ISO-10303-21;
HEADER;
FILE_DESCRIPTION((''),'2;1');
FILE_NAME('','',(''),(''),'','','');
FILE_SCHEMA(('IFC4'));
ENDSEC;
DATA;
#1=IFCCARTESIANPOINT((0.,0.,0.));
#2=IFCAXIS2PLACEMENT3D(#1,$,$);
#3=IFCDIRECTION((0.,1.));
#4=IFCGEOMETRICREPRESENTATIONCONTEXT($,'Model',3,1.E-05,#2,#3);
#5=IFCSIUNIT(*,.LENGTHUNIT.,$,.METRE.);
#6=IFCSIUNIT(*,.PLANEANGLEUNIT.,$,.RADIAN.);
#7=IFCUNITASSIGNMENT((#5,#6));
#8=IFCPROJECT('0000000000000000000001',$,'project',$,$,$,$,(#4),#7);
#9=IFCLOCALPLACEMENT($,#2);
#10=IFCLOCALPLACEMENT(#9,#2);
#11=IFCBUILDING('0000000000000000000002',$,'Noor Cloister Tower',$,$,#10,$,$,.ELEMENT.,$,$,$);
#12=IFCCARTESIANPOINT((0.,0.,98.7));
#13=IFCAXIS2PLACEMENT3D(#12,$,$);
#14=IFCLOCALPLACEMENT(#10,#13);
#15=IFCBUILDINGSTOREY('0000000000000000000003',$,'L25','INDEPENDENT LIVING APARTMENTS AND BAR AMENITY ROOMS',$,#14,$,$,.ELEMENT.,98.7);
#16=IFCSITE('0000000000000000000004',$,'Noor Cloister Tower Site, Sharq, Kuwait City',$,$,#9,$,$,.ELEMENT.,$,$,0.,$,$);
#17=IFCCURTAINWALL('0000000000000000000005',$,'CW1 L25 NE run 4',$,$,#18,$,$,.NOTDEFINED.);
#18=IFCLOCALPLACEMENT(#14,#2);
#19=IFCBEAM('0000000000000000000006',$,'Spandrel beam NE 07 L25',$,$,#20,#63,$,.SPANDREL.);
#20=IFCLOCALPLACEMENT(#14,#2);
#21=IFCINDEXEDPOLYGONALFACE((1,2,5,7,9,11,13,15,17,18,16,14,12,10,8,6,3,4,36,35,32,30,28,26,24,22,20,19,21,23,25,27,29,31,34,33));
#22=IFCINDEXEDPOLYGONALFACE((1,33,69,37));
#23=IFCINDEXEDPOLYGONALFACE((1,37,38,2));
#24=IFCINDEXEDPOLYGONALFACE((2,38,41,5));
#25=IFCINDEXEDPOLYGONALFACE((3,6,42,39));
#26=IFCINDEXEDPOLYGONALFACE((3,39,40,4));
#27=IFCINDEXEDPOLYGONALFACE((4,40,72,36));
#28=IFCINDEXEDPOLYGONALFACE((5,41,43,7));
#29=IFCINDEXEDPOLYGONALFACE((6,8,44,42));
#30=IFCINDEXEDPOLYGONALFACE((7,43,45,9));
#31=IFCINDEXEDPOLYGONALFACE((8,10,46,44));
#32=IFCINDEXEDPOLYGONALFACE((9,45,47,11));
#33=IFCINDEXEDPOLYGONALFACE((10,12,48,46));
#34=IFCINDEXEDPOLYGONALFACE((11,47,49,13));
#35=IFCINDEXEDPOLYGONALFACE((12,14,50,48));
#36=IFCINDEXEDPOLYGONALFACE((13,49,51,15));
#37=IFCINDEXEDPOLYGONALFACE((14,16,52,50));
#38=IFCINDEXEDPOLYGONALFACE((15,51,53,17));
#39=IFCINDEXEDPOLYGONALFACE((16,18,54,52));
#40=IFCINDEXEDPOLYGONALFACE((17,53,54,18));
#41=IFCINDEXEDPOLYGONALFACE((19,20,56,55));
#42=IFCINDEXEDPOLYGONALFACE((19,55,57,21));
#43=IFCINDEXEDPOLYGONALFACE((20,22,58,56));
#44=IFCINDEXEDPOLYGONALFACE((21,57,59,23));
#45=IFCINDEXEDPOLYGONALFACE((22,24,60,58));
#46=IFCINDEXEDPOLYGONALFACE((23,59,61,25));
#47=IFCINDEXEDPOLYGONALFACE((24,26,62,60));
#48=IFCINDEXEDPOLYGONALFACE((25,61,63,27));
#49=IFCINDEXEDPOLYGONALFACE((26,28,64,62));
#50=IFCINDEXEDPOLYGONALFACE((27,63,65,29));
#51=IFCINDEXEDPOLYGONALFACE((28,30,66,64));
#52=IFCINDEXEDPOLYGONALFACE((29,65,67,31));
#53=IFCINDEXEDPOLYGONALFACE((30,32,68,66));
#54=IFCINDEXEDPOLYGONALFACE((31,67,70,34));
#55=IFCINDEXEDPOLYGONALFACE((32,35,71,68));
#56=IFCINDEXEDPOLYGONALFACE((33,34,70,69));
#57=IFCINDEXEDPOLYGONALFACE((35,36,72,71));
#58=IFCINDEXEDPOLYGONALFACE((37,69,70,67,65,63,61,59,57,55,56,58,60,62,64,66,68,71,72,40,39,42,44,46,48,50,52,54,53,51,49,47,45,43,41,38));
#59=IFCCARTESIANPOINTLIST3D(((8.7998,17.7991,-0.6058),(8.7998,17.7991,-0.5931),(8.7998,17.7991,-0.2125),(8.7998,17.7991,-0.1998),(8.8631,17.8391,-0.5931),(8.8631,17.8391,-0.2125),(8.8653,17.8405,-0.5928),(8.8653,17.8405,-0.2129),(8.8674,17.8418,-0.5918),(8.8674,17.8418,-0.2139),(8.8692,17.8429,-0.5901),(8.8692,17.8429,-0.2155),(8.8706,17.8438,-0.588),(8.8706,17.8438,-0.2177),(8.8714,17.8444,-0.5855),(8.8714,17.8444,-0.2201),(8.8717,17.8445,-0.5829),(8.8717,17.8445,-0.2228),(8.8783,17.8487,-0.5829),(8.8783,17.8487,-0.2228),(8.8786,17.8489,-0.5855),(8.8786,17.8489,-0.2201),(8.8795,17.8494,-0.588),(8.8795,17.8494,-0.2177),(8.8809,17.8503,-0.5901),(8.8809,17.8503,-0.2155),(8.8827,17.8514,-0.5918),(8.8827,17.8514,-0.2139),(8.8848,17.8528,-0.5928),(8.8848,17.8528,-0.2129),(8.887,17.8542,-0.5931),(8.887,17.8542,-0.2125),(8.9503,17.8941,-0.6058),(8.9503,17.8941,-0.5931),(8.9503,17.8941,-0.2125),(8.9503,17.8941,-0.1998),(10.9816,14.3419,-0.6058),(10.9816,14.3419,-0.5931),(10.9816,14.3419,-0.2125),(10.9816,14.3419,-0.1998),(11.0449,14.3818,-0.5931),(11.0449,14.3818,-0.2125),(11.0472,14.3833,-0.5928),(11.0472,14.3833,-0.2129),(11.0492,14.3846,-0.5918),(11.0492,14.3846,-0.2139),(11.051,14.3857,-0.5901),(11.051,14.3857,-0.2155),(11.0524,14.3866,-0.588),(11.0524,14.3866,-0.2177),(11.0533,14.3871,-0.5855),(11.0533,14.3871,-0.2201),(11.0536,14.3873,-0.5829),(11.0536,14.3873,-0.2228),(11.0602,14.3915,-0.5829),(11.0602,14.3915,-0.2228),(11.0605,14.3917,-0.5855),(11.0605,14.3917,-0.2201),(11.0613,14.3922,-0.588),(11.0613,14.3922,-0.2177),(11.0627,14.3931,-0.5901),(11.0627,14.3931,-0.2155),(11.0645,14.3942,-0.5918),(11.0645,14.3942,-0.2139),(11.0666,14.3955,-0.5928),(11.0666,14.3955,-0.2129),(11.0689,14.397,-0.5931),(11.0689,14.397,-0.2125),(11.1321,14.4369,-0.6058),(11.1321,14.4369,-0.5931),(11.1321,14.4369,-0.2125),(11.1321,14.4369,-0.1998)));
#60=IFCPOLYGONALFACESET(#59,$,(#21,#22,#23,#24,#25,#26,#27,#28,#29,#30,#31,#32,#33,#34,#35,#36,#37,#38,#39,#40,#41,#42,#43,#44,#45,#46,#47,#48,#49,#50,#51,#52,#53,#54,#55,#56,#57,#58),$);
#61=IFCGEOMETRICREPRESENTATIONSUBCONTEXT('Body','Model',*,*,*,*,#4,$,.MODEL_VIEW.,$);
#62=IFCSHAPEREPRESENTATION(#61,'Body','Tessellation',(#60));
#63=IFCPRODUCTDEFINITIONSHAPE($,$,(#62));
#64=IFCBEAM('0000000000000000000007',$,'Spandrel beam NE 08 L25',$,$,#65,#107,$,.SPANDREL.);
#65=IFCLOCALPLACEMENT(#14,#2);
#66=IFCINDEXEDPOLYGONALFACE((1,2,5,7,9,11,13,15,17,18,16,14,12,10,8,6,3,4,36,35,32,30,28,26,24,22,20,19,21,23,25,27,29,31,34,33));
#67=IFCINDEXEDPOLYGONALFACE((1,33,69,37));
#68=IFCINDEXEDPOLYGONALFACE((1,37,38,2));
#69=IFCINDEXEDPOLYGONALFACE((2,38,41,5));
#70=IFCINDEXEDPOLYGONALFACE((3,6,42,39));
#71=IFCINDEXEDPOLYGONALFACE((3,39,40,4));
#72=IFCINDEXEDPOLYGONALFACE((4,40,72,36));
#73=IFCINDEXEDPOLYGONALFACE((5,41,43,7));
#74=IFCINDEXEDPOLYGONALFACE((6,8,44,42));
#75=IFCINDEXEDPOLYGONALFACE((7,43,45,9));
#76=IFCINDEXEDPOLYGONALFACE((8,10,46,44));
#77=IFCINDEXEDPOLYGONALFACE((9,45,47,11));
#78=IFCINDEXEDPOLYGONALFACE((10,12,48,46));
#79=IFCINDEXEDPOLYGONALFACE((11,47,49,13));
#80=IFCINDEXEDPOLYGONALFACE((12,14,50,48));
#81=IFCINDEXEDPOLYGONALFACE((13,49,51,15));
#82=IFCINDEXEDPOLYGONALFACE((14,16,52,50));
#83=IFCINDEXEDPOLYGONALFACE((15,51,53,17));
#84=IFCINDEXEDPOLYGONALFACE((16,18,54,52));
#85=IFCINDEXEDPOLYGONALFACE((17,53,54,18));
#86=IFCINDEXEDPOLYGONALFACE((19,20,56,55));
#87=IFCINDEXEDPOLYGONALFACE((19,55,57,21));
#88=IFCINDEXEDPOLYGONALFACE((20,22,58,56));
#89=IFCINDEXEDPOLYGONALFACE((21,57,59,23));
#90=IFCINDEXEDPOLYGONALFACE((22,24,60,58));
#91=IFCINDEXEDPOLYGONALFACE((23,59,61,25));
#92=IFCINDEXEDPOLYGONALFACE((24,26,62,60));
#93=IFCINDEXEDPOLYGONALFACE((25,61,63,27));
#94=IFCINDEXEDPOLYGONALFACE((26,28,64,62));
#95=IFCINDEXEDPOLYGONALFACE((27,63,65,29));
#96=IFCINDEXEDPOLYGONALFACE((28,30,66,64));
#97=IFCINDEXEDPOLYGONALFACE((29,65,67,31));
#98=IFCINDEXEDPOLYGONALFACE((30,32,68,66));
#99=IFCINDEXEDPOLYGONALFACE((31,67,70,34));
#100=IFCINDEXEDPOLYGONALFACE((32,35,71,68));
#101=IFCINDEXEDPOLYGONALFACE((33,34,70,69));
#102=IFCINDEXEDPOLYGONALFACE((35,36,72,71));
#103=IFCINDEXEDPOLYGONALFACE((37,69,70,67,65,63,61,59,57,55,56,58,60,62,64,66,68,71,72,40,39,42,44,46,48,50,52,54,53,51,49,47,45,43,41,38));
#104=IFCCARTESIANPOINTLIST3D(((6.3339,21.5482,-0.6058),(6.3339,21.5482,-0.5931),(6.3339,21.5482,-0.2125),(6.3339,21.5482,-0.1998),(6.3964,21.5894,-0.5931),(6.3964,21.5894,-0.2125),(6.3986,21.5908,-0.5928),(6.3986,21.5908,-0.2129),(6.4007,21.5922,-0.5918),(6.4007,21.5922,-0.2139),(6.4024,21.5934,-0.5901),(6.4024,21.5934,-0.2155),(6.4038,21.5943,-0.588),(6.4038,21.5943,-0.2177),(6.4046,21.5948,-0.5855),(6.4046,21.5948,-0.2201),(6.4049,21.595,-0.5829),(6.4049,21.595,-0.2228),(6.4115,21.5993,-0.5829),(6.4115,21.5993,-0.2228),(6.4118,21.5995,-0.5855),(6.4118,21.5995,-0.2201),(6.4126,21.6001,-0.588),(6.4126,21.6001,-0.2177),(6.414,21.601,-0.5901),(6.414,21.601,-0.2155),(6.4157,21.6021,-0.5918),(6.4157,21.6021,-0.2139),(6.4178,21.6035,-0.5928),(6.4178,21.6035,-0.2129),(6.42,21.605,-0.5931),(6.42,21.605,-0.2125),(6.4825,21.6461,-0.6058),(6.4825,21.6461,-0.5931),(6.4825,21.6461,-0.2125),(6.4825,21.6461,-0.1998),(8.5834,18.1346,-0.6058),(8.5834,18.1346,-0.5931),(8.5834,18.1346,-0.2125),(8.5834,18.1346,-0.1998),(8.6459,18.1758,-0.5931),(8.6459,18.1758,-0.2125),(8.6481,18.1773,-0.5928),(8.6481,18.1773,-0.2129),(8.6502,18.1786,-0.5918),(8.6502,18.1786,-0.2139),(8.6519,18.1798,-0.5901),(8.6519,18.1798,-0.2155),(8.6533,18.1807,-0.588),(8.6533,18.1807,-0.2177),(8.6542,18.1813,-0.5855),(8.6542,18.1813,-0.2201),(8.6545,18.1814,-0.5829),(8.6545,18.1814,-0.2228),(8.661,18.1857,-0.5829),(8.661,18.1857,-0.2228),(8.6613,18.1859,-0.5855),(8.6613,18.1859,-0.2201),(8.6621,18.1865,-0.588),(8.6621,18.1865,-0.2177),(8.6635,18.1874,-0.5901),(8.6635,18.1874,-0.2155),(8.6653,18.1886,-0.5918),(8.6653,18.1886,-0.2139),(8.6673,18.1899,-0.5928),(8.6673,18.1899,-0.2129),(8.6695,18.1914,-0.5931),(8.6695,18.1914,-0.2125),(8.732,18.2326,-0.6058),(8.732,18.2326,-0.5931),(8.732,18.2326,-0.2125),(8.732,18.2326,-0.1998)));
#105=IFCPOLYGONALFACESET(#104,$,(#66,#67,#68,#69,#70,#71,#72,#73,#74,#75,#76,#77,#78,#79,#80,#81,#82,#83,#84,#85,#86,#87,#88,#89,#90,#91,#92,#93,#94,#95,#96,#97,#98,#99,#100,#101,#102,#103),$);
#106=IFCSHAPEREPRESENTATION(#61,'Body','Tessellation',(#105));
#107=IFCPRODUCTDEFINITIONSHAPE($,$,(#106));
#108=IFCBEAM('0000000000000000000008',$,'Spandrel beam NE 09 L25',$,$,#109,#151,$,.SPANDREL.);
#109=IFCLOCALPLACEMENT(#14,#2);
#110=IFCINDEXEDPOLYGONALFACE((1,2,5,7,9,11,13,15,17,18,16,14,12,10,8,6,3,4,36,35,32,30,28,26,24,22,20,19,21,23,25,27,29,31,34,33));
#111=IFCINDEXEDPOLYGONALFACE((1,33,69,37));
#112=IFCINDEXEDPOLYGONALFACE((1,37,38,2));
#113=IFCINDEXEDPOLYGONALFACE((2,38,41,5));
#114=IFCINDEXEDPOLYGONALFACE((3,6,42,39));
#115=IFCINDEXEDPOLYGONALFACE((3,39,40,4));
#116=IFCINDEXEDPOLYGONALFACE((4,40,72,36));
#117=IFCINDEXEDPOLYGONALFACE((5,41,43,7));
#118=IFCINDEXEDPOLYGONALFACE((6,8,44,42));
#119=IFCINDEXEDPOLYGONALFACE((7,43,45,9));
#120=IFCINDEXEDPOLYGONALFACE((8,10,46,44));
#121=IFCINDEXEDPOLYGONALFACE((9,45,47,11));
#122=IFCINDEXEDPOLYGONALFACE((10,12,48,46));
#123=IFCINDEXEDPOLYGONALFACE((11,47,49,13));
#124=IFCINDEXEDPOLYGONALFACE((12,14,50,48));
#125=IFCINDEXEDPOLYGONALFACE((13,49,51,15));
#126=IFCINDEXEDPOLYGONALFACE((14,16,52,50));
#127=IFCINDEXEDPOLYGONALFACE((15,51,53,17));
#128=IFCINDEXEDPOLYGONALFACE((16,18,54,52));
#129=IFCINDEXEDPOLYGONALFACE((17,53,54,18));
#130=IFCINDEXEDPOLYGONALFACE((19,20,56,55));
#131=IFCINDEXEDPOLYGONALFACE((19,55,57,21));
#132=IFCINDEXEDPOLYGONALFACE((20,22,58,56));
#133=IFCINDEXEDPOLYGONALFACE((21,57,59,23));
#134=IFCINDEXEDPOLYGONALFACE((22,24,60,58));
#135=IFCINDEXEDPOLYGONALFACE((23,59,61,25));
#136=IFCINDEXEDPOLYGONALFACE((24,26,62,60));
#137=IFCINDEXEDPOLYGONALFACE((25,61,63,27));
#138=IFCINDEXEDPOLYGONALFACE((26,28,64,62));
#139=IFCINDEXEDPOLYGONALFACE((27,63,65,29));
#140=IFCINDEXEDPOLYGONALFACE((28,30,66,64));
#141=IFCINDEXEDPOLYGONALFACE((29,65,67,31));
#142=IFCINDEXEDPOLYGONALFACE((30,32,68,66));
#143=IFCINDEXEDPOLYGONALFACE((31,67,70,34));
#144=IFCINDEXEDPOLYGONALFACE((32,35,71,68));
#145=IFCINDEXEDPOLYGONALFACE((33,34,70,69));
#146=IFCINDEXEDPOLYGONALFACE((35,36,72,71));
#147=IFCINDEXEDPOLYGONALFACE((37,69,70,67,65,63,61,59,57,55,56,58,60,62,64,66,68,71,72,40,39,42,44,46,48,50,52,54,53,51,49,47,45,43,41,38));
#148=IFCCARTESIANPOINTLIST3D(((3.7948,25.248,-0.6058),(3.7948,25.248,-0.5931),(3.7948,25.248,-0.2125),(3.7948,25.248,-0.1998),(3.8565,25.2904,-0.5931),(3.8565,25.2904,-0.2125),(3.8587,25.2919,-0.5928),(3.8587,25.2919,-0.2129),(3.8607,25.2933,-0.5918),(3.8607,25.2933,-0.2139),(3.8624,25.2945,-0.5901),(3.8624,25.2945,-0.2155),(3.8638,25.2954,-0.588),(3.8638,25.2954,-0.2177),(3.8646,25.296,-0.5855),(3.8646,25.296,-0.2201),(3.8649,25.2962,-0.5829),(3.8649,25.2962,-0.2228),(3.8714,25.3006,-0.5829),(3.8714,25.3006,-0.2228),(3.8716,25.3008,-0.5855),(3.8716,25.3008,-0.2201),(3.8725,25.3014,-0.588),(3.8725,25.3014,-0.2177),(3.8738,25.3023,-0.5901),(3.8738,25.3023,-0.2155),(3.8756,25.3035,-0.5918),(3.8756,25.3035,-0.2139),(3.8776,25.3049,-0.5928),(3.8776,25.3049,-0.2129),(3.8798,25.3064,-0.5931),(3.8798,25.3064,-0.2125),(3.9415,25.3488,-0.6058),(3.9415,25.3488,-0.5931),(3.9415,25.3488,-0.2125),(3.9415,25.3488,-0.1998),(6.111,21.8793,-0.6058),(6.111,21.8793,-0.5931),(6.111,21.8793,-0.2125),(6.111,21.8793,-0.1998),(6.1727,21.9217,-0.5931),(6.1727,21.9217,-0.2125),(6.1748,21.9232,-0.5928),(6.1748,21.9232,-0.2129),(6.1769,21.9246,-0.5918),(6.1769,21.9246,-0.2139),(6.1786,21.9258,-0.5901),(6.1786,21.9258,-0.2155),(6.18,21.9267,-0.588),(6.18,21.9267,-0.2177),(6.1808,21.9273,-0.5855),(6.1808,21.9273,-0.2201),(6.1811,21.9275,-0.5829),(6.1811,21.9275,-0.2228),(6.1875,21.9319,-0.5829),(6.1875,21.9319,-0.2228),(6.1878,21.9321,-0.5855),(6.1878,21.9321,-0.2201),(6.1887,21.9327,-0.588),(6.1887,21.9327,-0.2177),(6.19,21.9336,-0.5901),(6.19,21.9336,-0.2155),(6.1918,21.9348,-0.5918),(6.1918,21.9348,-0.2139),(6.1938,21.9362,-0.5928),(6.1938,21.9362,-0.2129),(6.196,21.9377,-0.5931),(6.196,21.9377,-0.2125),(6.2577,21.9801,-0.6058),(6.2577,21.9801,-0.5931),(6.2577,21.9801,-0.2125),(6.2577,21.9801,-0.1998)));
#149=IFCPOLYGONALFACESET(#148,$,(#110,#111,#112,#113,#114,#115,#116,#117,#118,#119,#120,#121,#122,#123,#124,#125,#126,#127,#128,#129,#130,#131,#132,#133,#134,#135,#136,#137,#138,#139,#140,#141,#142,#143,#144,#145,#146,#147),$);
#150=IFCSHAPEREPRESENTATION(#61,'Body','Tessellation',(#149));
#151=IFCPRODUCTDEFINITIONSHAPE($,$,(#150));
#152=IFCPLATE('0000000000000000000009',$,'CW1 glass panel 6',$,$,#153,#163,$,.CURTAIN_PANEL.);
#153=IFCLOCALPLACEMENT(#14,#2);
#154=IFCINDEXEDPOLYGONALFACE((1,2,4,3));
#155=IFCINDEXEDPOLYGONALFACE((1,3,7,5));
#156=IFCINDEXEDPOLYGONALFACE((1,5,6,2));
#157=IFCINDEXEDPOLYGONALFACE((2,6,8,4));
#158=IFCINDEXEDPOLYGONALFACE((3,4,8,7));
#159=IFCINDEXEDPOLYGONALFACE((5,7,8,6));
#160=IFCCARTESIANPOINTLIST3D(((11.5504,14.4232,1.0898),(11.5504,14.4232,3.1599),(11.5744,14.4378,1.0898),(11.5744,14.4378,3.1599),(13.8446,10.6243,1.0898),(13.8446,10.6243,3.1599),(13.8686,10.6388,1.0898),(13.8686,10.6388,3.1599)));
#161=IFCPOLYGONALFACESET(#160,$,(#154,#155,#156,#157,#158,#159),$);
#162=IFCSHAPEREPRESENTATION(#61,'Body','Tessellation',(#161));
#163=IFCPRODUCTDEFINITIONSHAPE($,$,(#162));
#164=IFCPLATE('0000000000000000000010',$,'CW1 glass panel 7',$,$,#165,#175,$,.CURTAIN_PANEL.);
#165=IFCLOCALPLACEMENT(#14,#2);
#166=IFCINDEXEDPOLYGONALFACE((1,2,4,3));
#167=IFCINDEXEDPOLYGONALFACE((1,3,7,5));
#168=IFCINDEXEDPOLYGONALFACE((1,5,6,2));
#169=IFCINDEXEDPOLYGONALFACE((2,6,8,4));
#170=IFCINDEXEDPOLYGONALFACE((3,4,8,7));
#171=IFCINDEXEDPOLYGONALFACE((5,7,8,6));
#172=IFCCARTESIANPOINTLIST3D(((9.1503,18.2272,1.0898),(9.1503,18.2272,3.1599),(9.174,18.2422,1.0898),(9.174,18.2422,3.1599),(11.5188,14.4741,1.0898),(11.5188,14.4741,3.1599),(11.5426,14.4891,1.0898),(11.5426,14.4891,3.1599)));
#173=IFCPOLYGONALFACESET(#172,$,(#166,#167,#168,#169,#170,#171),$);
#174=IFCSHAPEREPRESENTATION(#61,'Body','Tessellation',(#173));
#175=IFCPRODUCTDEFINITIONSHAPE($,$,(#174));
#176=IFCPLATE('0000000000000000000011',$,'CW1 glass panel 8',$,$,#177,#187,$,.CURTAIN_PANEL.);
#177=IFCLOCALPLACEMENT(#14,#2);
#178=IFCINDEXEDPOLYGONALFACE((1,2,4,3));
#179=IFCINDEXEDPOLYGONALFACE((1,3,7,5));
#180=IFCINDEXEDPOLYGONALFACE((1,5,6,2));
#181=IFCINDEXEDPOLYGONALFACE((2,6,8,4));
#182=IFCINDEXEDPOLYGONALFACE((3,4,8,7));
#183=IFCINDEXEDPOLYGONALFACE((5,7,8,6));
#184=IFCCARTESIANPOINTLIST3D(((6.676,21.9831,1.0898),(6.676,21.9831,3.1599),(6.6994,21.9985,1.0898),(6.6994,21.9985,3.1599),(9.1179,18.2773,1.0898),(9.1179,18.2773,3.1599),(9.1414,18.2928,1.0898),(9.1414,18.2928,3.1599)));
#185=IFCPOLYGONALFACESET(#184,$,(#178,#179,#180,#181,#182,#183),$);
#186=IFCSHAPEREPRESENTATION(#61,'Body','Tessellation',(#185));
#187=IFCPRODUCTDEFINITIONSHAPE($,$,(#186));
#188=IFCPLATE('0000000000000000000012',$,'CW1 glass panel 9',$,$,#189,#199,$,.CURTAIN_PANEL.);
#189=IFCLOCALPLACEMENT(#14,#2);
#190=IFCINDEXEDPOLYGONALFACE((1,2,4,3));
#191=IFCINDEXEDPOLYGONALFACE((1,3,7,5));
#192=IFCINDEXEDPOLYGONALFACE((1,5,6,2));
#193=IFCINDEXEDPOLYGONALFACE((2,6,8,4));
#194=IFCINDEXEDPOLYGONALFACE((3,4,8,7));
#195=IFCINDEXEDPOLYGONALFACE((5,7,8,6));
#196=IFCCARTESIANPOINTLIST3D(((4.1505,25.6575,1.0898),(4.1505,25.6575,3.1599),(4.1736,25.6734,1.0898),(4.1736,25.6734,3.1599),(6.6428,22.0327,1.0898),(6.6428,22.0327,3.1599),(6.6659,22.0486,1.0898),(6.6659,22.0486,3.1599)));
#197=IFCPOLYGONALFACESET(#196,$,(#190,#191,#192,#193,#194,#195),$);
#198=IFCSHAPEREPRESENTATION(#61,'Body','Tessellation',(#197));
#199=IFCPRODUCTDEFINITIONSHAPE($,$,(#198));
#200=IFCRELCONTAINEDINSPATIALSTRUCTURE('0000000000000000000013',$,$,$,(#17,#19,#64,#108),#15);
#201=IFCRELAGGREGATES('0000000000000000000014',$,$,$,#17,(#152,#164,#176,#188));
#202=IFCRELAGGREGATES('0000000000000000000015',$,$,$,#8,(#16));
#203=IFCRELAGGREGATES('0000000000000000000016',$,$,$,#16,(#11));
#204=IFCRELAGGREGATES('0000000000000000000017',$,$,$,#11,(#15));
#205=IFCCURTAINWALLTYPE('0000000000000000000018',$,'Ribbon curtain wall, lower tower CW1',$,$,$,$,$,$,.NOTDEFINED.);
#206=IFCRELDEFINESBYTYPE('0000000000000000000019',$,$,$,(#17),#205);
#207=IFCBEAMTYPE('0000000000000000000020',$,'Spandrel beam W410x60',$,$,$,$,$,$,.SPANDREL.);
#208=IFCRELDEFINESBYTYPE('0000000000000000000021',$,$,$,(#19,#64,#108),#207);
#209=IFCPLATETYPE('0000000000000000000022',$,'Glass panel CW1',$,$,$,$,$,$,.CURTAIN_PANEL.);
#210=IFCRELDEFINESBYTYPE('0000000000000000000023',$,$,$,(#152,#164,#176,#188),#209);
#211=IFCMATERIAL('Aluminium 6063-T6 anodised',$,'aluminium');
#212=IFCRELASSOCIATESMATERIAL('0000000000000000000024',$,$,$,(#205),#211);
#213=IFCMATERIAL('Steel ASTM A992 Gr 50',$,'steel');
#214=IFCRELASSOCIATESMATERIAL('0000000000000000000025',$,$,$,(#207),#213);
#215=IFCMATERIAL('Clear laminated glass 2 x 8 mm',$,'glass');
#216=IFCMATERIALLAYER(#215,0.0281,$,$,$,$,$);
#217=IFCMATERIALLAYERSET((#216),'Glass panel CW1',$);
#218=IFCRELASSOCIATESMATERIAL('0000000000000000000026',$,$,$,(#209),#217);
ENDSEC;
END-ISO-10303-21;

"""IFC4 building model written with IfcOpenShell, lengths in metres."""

from ifc_helpers import new_model, si_unit, direction, frame, origin, origin_2d, place, context, subcontext, project, spatial, rectangle, i_section, extrude, material, layer, layer_set, material_profile, profile_set, type_object, element, aggregate, save


model = new_model("IFC4")

# Units and contexts
model_context = context("Model", 3, precision=1e-05, world=origin(), true_north=direction((0.0, 1.0)))
body_context = subcontext(model_context, "Body", "Model", "MODEL_VIEW")
ifc_project = project(units=[si_unit("LENGTHUNIT", "METRE"), si_unit("PLANEANGLEUNIT", "RADIAN")], contexts=[model_context])

# Site, building, storey
site_placement = place(None, origin())
site = spatial("IfcSite", under=ifc_project, at=site_placement, Name="Noor Cloister Tower Site, Sharq, Kuwait City", CompositionType="ELEMENT", RefElevation=0.0)
building_placement = place(site_placement, origin())
building = spatial("IfcBuilding", under=site, at=building_placement, Name="Noor Cloister Tower", CompositionType="ELEMENT")
storey_placement = place(building_placement, frame((0.0, 0.0, 98.7)))
storey = spatial("IfcBuildingStorey", under=building, at=storey_placement, Name="L25", Description="INDEPENDENT LIVING APARTMENTS AND BAR AMENITY ROOMS", CompositionType="ELEMENT", Elevation=98.7)

# Curtain wall
ifc_material_1 = material(Name="Aluminium 6063-T6 anodised", Category="aluminium")
curtain_wall_type = type_object("IfcCurtainWallType", Name="Ribbon curtain wall, lower tower CW1", PredefinedType="NOTDEFINED", material=ifc_material_1)
curtain_wall_placement = place(storey_placement, origin())
curtain_wall = element("IfcCurtainWall", 1, at=curtain_wall_placement, inside=storey, type_object=curtain_wall_type, Name="CW1 L25 NE run 4", PredefinedType="NOTDEFINED")

# Beams
ifc_material_2 = material(Name="Steel ASTM A992 Gr 50", Category="steel")
ifc_material_profile_1 = material_profile(ifc_material_2, i_section(OverallWidth=0.178, OverallDepth=0.406, WebThickness=0.0078, FlangeThickness=0.0127, FilletRadius=0.0103, at=origin_2d()), Name="W410x60")
ifc_profile_set_1 = profile_set([ifc_material_profile_1], Name="Steel ASTM A992 Gr 50")
beam_type_1 = type_object("IfcBeamType", Name="Spandrel beam W410x60", PredefinedType="SPANDREL", material=ifc_profile_set_1)
for number, where, z_axis, x_axis, name in (
    (2, (11.0569, 14.3894, -0.4028), (-0.533703, 0.845672, 0.0), (-0.845672, -0.533703, 0.0), "Spandrel beam NE 07 L25"),
    (3, (8.6577, 18.1836, -0.4028), (-0.550255, 0.834997, 0.0), (-0.834997, -0.550255, 0.0), "Spandrel beam NE 08 L25"),
    (4, (6.1843, 21.9297, -0.4028), (-0.566564, 0.824018, 0.0), (-0.824018, -0.566564, 0.0), "Spandrel beam NE 09 L25"),
):
    element("IfcBeam", number, at=place(storey_placement, frame(where, z_axis=z_axis, x_axis=x_axis)), inside=storey, type_object=beam_type_1, Name=name, PredefinedType="SPANDREL", context=body_context, shape_type="SweptSolid", body=[
        extrude(i_section(OverallWidth=0.178, OverallDepth=0.406, WebThickness=0.0078, FlangeThickness=0.0127, FilletRadius=0.0103, at=origin_2d()), origin(), (0.0, 0.0, 1.0), 4.0881),
    ])

# Plates
ifc_material_3 = material(Name="Clear laminated glass 2 x 8 mm", Category="glass")
ifc_layer_1 = layer(ifc_material_3, 0.0281)
ifc_layer_set_1 = layer_set([ifc_layer_1], Name="Glass panel CW1")
plate_type = type_object("IfcPlateType", Name="Glass panel CW1", PredefinedType="CURTAIN_PANEL", material=ifc_layer_set_1)
plate_1_placement = place(storey_placement, frame((12.7095, 12.531, 1.0898), z_axis=(0.0, 0.0, 1.0), x_axis=(-0.516948, 0.856017, 0.0)))
plate_1 = element("IfcPlate", 5, at=plate_1_placement, type_object=plate_type, Name="CW1 glass panel 6", PredefinedType="CURTAIN_PANEL", context=body_context, shape_type="SweptSolid", body=[
    extrude(rectangle(XDim=4.438, YDim=0.0281, at=origin_2d()), origin(), (0.0, 0.0, 1.0), 2.0701),
])
plate_2_placement = place(storey_placement, frame((10.3464, 16.3582, 1.0898), z_axis=(0.0, 0.0, 1.0), x_axis=(-0.533696, 0.845676, 0.0)))
plate_2 = element("IfcPlate", 6, at=plate_2_placement, type_object=plate_type, Name="CW1 glass panel 7", PredefinedType="CURTAIN_PANEL", context=body_context, shape_type="SweptSolid", body=[
    extrude(rectangle(XDim=4.438, YDim=0.0281, at=origin_2d()), origin(), (0.0, 0.0, 1.0), 2.0701),
])
plate_3_placement = place(storey_placement, frame((7.9087, 20.1379, 1.0898), z_axis=(0.0, 0.0, 1.0), x_axis=(-0.550237, 0.835008, 0.0)))
plate_3 = element("IfcPlate", 7, at=plate_3_placement, type_object=plate_type, Name="CW1 glass panel 8", PredefinedType="CURTAIN_PANEL", context=body_context, shape_type="SweptSolid", body=[
    extrude(rectangle(XDim=4.438, YDim=0.0281, at=origin_2d()), origin(), (0.0, 0.0, 1.0), 2.0701),
])
plate_4_placement = place(storey_placement, frame((5.4082, 23.853, 1.0898), z_axis=(0.0, 0.0, 1.0), x_axis=(-0.566566, 0.824017, 0.0)))
plate_4 = element("IfcPlate", 8, at=plate_4_placement, type_object=plate_type, Name="CW1 glass panel 9", PredefinedType="CURTAIN_PANEL", context=body_context, shape_type="SweptSolid", body=[
    extrude(rectangle(XDim=4.3989, YDim=0.0281, at=origin_2d()), origin(), (0.0, 0.0, 1.0), 2.0701),
])
aggregate(curtain_wall, [plate_1, plate_2, plate_3, plate_4])

save(model, "model.ifc")
